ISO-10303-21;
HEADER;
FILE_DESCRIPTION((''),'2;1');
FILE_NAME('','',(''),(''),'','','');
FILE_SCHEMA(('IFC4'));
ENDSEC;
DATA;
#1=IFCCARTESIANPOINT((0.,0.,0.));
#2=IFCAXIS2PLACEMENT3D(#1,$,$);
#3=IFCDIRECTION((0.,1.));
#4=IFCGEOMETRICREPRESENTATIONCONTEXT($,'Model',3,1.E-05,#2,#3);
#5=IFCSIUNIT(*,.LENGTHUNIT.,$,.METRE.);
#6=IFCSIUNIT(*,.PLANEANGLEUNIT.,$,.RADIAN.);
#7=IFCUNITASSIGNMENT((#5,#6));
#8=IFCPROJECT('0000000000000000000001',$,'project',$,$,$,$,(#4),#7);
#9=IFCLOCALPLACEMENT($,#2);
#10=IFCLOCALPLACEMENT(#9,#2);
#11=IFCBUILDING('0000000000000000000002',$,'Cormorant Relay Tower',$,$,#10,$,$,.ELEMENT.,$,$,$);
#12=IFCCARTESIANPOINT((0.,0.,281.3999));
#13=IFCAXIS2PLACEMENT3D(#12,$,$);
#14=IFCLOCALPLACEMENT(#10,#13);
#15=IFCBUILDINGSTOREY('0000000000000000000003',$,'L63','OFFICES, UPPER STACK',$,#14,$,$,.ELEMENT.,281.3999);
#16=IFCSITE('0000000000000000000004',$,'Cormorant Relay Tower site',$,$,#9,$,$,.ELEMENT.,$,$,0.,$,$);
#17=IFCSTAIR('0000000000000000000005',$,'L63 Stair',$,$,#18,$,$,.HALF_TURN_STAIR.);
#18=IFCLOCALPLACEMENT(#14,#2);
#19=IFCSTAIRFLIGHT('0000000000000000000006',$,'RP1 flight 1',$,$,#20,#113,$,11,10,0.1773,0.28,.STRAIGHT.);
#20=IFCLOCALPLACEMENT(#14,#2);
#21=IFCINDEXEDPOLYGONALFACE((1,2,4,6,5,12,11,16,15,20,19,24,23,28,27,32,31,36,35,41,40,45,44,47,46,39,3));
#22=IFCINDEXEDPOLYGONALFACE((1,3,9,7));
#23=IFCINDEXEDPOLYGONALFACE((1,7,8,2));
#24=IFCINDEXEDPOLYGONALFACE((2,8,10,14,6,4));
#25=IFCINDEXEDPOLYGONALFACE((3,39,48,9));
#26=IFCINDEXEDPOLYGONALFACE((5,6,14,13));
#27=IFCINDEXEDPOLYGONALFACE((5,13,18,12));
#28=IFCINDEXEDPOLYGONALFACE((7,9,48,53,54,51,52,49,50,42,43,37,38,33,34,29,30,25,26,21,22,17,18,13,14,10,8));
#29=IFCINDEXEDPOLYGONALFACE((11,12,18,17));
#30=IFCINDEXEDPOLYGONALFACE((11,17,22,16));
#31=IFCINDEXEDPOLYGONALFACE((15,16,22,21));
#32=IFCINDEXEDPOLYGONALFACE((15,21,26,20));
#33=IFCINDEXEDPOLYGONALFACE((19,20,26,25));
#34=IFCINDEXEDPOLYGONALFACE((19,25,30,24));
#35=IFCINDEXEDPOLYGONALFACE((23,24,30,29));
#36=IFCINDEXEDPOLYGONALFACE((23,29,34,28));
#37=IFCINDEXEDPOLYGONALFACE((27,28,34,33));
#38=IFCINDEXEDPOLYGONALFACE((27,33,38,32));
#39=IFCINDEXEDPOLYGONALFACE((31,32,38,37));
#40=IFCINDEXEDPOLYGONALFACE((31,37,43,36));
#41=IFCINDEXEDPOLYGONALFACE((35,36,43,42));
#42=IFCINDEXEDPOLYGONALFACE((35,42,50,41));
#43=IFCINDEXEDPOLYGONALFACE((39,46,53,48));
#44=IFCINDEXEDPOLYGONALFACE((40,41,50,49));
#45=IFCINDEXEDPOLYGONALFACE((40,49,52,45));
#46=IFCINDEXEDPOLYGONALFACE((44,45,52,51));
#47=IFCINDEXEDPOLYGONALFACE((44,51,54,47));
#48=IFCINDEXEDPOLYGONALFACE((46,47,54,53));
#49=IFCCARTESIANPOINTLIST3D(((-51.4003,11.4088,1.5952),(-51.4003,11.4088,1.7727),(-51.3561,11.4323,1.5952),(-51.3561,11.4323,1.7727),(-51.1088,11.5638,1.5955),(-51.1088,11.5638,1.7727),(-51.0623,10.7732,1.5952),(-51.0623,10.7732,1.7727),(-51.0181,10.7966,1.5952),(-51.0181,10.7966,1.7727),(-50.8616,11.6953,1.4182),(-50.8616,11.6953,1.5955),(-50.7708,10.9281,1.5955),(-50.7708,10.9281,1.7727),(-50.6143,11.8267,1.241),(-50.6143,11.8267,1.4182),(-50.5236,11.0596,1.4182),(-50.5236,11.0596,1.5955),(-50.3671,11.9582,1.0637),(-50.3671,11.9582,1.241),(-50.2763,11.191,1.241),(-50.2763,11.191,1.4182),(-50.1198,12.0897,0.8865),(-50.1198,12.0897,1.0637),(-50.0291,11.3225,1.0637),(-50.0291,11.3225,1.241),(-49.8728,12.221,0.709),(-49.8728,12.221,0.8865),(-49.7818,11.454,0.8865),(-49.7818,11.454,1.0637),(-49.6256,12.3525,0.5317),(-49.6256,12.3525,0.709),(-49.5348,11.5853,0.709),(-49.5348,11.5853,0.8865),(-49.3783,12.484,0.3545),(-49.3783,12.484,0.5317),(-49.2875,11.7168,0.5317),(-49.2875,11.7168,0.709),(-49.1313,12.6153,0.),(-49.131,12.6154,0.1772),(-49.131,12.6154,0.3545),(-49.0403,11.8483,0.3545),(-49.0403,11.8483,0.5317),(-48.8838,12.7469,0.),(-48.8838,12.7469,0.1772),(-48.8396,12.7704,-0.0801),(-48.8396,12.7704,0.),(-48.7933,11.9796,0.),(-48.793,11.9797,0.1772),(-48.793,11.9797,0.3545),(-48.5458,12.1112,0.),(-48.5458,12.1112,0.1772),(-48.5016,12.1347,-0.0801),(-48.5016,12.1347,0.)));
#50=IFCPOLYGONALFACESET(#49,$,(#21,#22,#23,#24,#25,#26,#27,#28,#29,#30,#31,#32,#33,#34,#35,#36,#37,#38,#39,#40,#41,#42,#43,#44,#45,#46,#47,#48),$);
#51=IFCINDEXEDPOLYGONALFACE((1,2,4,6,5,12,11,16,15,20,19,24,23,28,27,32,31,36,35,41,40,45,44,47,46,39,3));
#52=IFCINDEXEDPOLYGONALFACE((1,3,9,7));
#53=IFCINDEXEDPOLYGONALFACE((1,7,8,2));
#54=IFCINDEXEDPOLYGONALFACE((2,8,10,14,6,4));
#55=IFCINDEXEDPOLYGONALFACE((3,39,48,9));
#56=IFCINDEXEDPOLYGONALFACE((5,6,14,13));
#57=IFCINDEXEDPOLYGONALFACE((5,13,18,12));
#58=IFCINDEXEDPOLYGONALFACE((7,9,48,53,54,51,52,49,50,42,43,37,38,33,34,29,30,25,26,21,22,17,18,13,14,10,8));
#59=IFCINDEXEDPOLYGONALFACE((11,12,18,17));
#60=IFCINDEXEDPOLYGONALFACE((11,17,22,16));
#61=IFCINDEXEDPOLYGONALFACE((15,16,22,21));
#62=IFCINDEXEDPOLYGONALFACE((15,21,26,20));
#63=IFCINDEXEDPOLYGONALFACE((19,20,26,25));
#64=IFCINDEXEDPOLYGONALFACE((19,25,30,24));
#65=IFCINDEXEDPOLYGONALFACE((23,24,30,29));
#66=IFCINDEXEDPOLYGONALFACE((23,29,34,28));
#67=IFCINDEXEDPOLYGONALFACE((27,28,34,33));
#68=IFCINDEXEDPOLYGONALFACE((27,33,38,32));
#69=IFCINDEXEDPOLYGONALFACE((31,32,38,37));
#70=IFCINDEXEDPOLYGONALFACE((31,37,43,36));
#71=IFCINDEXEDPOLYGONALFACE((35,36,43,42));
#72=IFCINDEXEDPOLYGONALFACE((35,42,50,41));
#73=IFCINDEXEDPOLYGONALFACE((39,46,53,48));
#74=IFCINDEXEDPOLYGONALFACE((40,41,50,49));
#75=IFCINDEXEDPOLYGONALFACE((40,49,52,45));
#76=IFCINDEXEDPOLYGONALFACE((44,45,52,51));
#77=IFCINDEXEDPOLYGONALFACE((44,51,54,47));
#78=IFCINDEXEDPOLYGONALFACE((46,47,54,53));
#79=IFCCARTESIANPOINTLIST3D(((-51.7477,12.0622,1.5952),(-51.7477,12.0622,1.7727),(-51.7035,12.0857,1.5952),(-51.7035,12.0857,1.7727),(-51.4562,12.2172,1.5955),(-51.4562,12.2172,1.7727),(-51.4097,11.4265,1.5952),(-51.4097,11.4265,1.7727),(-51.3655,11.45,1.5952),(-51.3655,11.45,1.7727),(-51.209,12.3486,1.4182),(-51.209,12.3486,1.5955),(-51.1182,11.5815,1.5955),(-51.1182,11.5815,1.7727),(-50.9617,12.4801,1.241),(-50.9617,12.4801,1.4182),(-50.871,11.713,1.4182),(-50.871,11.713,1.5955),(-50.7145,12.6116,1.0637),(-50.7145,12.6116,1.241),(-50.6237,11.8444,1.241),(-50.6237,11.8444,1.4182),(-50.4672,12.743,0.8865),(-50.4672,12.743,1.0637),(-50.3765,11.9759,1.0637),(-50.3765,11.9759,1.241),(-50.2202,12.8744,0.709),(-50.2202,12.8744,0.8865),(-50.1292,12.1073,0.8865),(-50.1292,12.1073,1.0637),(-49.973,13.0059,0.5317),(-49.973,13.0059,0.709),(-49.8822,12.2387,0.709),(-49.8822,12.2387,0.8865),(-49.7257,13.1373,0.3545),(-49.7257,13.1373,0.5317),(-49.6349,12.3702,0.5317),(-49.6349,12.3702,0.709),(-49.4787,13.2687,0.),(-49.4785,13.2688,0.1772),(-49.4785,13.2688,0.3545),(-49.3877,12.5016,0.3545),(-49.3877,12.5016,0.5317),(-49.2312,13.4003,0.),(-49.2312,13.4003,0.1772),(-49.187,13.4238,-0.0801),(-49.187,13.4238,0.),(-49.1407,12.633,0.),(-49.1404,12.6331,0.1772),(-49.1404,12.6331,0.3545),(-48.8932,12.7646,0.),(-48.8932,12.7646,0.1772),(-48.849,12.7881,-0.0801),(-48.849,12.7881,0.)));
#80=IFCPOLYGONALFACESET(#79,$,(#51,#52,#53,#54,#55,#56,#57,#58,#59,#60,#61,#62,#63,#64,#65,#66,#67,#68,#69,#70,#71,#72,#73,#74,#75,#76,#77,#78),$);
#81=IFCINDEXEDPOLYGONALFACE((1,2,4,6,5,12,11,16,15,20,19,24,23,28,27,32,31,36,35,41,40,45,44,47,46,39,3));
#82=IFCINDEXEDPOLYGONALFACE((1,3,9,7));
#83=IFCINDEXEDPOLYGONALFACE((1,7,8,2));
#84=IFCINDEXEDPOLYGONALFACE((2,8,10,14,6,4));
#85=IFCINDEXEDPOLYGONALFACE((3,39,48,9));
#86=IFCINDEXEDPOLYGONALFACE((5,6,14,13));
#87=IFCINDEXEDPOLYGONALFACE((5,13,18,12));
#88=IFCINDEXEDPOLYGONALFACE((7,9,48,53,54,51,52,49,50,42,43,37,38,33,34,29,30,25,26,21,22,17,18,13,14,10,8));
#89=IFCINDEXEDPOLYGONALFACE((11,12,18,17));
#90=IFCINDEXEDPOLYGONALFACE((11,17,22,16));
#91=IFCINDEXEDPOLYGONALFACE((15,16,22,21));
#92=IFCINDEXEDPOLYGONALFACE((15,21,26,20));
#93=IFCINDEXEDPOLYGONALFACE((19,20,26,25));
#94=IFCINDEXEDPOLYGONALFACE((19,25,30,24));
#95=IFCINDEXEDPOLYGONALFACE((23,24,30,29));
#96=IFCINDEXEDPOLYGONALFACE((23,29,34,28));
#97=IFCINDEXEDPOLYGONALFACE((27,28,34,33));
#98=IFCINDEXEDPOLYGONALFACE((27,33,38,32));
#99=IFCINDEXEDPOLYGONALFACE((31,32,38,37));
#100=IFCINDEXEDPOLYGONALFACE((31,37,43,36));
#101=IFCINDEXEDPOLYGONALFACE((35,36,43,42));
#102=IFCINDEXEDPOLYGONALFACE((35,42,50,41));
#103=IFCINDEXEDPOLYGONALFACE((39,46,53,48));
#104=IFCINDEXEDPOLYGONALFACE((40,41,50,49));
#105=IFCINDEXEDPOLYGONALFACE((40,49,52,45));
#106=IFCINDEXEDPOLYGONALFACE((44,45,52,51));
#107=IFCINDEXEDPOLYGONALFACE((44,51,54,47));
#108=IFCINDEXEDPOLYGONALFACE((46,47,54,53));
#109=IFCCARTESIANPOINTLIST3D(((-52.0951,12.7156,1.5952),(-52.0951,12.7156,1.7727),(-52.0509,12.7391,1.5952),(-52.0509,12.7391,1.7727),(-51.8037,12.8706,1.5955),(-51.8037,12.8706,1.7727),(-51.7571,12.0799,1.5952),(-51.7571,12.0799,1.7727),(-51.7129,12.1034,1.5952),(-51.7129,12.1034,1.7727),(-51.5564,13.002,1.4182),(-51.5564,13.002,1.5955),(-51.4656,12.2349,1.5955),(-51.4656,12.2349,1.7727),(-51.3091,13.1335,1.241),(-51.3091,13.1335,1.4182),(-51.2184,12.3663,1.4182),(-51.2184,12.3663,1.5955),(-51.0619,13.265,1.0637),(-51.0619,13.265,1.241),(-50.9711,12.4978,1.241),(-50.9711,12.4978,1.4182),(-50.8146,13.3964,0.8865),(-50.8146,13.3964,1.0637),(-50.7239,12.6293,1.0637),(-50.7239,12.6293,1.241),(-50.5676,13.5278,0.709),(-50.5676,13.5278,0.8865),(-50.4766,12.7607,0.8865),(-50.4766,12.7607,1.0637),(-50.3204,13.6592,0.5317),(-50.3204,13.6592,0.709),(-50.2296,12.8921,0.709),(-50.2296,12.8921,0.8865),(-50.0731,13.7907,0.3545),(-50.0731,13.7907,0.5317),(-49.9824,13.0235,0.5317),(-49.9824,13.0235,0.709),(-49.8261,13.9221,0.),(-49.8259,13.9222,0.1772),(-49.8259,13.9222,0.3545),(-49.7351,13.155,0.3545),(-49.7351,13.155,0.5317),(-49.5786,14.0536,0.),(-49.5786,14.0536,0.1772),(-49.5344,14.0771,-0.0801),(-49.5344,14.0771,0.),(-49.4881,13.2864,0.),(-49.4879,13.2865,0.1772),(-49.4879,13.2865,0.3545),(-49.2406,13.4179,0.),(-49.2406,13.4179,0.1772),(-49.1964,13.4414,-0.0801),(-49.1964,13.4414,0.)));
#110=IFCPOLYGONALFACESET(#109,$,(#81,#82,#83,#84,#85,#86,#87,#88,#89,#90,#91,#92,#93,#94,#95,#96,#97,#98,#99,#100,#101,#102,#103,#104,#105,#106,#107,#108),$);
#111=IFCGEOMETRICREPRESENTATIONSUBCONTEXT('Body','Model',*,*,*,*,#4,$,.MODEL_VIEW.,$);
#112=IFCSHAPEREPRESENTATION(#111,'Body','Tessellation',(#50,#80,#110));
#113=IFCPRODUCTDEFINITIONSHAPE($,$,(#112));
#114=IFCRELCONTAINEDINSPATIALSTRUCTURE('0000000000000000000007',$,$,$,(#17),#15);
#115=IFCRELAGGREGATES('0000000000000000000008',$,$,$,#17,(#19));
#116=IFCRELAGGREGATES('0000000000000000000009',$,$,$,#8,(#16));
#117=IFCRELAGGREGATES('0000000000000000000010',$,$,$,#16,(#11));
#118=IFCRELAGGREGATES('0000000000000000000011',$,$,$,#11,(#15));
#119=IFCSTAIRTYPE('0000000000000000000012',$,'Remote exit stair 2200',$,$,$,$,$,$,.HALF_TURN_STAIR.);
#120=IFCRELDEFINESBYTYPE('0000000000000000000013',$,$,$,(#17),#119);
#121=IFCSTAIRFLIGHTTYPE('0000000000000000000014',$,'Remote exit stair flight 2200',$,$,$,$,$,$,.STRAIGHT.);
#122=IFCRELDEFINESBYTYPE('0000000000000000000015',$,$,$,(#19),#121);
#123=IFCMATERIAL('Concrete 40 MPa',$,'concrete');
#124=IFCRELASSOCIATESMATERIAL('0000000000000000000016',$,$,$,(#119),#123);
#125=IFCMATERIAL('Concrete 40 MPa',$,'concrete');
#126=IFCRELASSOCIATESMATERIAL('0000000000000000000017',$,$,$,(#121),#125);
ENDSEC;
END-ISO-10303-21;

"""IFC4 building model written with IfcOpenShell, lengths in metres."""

from ifc_helpers import new_model, si_unit, direction, frame, origin, place, context, subcontext, project, spatial, polyline, outline, extrude, material, type_object, element, aggregate, save


model = new_model("IFC4")

# Units and contexts
model_context = context("Model", 3, precision=1e-05, world=origin(), true_north=direction((0.0, 1.0)))
body_context = subcontext(model_context, "Body", "Model", "MODEL_VIEW")
ifc_project = project(units=[si_unit("LENGTHUNIT", "METRE"), si_unit("PLANEANGLEUNIT", "RADIAN")], contexts=[model_context])

# Site, building, storey
site_placement = place(None, origin())
site = spatial("IfcSite", under=ifc_project, at=site_placement, Name="Cormorant Relay Tower site", CompositionType="ELEMENT", RefElevation=0.0)
building_placement = place(site_placement, origin())
building = spatial("IfcBuilding", under=site, at=building_placement, Name="Cormorant Relay Tower", CompositionType="ELEMENT")
storey_placement = place(building_placement, frame((0.0, 0.0, 281.3999)))
storey = spatial("IfcBuildingStorey", under=building, at=storey_placement, Name="L63", Description="OFFICES, UPPER STACK", CompositionType="ELEMENT", Elevation=281.3999)

# Stair, stair flight
ifc_material_1 = material(Name="Concrete 40 MPa", Category="concrete")
stair_type = type_object("IfcStairType", Name="Remote exit stair 2200", PredefinedType="HALF_TURN_STAIR", material=ifc_material_1)
stair_placement = place(storey_placement, origin())
stair = element("IfcStair", 1, at=stair_placement, inside=storey, type_object=stair_type, Name="L63 Stair", PredefinedType="HALF_TURN_STAIR")
ifc_material_2 = material(Name="Concrete 40 MPa", Category="concrete")
stair_flight_type = type_object("IfcStairFlightType", Name="Remote exit stair flight 2200", PredefinedType="STRAIGHT", material=ifc_material_2)
stair_flight_1_placement = place(storey_placement, frame((-49.0623, 13.0825, 0.0), z_axis=(0.0, 0.0, 1.0), x_axis=(-0.882948, -0.469472, 0.0)))
stair_flight_1 = element("IfcStairFlight", 2, at=stair_flight_1_placement, type_object=stair_flight_type, Name="RP1 flight 1", NumberOfRisers=11, NumberOfTreads=10, PredefinedType="STRAIGHT", RiserHeight=0.1773, TreadLength=0.28, context=body_context, shape_type="SweptSolid", body=[
    extrude(outline(polyline([(-0.05, -0.0801), (-0.05, 0.0), (0.0, 0.0), (0.0, 0.1772), (0.28, 0.1772), (0.28, 0.3545), (0.5601, 0.3545), (0.5601, 0.5317), (0.8401, 0.5317), (0.8401, 0.709), (1.1201, 0.709), (1.1201, 0.8865), (1.3999, 0.8865), (1.3999, 1.0637), (1.6799, 1.0637), (1.6799, 1.241), (1.96, 1.241), (1.96, 1.4182), (2.24, 1.4182), (2.24, 1.5955), (2.52, 1.5955), (2.52, 1.7727), (2.8, 1.7727), (2.8501, 1.7727), (2.8501, 1.5952), (2.8, 1.5952), (0.2803, 0.0), (-0.05, -0.0801)])), frame((0.0, 1.1001, 0.0), z_axis=(0.0, -1.0, 0.0), x_axis=(1.0, 0.0, 0.0)), (0.0, 0.0, 1.0), 0.72),
    extrude(outline(polyline([(-0.05, -0.0801), (-0.05, 0.0), (0.0, 0.0), (0.0, 0.1772), (0.28, 0.1772), (0.28, 0.3545), (0.5601, 0.3545), (0.5601, 0.5317), (0.8401, 0.5317), (0.8401, 0.709), (1.1201, 0.709), (1.1201, 0.8865), (1.3999, 0.8865), (1.3999, 1.0637), (1.6799, 1.0637), (1.6799, 1.241), (1.96, 1.241), (1.96, 1.4182), (2.24, 1.4182), (2.24, 1.5955), (2.52, 1.5955), (2.52, 1.7727), (2.8, 1.7727), (2.8501, 1.7727), (2.8501, 1.5952), (2.8, 1.5952), (0.2803, 0.0), (-0.05, -0.0801)])), frame((0.0, 0.3601, 0.0), z_axis=(0.0, -1.0, 0.0), x_axis=(1.0, 0.0, 0.0)), (0.0, 0.0, 1.0), 0.72),
    extrude(outline(polyline([(-0.05, -0.0801), (-0.05, 0.0), (0.0, 0.0), (0.0, 0.1772), (0.28, 0.1772), (0.28, 0.3545), (0.5601, 0.3545), (0.5601, 0.5317), (0.8401, 0.5317), (0.8401, 0.709), (1.1201, 0.709), (1.1201, 0.8865), (1.3999, 0.8865), (1.3999, 1.0637), (1.6799, 1.0637), (1.6799, 1.241), (1.96, 1.241), (1.96, 1.4182), (2.24, 1.4182), (2.24, 1.5955), (2.52, 1.5955), (2.52, 1.7727), (2.8, 1.7727), (2.8501, 1.7727), (2.8501, 1.5952), (2.8, 1.5952), (0.2803, 0.0), (-0.05, -0.0801)])), frame((0.0, -0.3799, 0.0), z_axis=(0.0, -1.0, 0.0), x_axis=(1.0, 0.0, 0.0)), (0.0, 0.0, 1.0), 0.72),
])
aggregate(stair, [stair_flight_1])

save(model, "model.ifc")
